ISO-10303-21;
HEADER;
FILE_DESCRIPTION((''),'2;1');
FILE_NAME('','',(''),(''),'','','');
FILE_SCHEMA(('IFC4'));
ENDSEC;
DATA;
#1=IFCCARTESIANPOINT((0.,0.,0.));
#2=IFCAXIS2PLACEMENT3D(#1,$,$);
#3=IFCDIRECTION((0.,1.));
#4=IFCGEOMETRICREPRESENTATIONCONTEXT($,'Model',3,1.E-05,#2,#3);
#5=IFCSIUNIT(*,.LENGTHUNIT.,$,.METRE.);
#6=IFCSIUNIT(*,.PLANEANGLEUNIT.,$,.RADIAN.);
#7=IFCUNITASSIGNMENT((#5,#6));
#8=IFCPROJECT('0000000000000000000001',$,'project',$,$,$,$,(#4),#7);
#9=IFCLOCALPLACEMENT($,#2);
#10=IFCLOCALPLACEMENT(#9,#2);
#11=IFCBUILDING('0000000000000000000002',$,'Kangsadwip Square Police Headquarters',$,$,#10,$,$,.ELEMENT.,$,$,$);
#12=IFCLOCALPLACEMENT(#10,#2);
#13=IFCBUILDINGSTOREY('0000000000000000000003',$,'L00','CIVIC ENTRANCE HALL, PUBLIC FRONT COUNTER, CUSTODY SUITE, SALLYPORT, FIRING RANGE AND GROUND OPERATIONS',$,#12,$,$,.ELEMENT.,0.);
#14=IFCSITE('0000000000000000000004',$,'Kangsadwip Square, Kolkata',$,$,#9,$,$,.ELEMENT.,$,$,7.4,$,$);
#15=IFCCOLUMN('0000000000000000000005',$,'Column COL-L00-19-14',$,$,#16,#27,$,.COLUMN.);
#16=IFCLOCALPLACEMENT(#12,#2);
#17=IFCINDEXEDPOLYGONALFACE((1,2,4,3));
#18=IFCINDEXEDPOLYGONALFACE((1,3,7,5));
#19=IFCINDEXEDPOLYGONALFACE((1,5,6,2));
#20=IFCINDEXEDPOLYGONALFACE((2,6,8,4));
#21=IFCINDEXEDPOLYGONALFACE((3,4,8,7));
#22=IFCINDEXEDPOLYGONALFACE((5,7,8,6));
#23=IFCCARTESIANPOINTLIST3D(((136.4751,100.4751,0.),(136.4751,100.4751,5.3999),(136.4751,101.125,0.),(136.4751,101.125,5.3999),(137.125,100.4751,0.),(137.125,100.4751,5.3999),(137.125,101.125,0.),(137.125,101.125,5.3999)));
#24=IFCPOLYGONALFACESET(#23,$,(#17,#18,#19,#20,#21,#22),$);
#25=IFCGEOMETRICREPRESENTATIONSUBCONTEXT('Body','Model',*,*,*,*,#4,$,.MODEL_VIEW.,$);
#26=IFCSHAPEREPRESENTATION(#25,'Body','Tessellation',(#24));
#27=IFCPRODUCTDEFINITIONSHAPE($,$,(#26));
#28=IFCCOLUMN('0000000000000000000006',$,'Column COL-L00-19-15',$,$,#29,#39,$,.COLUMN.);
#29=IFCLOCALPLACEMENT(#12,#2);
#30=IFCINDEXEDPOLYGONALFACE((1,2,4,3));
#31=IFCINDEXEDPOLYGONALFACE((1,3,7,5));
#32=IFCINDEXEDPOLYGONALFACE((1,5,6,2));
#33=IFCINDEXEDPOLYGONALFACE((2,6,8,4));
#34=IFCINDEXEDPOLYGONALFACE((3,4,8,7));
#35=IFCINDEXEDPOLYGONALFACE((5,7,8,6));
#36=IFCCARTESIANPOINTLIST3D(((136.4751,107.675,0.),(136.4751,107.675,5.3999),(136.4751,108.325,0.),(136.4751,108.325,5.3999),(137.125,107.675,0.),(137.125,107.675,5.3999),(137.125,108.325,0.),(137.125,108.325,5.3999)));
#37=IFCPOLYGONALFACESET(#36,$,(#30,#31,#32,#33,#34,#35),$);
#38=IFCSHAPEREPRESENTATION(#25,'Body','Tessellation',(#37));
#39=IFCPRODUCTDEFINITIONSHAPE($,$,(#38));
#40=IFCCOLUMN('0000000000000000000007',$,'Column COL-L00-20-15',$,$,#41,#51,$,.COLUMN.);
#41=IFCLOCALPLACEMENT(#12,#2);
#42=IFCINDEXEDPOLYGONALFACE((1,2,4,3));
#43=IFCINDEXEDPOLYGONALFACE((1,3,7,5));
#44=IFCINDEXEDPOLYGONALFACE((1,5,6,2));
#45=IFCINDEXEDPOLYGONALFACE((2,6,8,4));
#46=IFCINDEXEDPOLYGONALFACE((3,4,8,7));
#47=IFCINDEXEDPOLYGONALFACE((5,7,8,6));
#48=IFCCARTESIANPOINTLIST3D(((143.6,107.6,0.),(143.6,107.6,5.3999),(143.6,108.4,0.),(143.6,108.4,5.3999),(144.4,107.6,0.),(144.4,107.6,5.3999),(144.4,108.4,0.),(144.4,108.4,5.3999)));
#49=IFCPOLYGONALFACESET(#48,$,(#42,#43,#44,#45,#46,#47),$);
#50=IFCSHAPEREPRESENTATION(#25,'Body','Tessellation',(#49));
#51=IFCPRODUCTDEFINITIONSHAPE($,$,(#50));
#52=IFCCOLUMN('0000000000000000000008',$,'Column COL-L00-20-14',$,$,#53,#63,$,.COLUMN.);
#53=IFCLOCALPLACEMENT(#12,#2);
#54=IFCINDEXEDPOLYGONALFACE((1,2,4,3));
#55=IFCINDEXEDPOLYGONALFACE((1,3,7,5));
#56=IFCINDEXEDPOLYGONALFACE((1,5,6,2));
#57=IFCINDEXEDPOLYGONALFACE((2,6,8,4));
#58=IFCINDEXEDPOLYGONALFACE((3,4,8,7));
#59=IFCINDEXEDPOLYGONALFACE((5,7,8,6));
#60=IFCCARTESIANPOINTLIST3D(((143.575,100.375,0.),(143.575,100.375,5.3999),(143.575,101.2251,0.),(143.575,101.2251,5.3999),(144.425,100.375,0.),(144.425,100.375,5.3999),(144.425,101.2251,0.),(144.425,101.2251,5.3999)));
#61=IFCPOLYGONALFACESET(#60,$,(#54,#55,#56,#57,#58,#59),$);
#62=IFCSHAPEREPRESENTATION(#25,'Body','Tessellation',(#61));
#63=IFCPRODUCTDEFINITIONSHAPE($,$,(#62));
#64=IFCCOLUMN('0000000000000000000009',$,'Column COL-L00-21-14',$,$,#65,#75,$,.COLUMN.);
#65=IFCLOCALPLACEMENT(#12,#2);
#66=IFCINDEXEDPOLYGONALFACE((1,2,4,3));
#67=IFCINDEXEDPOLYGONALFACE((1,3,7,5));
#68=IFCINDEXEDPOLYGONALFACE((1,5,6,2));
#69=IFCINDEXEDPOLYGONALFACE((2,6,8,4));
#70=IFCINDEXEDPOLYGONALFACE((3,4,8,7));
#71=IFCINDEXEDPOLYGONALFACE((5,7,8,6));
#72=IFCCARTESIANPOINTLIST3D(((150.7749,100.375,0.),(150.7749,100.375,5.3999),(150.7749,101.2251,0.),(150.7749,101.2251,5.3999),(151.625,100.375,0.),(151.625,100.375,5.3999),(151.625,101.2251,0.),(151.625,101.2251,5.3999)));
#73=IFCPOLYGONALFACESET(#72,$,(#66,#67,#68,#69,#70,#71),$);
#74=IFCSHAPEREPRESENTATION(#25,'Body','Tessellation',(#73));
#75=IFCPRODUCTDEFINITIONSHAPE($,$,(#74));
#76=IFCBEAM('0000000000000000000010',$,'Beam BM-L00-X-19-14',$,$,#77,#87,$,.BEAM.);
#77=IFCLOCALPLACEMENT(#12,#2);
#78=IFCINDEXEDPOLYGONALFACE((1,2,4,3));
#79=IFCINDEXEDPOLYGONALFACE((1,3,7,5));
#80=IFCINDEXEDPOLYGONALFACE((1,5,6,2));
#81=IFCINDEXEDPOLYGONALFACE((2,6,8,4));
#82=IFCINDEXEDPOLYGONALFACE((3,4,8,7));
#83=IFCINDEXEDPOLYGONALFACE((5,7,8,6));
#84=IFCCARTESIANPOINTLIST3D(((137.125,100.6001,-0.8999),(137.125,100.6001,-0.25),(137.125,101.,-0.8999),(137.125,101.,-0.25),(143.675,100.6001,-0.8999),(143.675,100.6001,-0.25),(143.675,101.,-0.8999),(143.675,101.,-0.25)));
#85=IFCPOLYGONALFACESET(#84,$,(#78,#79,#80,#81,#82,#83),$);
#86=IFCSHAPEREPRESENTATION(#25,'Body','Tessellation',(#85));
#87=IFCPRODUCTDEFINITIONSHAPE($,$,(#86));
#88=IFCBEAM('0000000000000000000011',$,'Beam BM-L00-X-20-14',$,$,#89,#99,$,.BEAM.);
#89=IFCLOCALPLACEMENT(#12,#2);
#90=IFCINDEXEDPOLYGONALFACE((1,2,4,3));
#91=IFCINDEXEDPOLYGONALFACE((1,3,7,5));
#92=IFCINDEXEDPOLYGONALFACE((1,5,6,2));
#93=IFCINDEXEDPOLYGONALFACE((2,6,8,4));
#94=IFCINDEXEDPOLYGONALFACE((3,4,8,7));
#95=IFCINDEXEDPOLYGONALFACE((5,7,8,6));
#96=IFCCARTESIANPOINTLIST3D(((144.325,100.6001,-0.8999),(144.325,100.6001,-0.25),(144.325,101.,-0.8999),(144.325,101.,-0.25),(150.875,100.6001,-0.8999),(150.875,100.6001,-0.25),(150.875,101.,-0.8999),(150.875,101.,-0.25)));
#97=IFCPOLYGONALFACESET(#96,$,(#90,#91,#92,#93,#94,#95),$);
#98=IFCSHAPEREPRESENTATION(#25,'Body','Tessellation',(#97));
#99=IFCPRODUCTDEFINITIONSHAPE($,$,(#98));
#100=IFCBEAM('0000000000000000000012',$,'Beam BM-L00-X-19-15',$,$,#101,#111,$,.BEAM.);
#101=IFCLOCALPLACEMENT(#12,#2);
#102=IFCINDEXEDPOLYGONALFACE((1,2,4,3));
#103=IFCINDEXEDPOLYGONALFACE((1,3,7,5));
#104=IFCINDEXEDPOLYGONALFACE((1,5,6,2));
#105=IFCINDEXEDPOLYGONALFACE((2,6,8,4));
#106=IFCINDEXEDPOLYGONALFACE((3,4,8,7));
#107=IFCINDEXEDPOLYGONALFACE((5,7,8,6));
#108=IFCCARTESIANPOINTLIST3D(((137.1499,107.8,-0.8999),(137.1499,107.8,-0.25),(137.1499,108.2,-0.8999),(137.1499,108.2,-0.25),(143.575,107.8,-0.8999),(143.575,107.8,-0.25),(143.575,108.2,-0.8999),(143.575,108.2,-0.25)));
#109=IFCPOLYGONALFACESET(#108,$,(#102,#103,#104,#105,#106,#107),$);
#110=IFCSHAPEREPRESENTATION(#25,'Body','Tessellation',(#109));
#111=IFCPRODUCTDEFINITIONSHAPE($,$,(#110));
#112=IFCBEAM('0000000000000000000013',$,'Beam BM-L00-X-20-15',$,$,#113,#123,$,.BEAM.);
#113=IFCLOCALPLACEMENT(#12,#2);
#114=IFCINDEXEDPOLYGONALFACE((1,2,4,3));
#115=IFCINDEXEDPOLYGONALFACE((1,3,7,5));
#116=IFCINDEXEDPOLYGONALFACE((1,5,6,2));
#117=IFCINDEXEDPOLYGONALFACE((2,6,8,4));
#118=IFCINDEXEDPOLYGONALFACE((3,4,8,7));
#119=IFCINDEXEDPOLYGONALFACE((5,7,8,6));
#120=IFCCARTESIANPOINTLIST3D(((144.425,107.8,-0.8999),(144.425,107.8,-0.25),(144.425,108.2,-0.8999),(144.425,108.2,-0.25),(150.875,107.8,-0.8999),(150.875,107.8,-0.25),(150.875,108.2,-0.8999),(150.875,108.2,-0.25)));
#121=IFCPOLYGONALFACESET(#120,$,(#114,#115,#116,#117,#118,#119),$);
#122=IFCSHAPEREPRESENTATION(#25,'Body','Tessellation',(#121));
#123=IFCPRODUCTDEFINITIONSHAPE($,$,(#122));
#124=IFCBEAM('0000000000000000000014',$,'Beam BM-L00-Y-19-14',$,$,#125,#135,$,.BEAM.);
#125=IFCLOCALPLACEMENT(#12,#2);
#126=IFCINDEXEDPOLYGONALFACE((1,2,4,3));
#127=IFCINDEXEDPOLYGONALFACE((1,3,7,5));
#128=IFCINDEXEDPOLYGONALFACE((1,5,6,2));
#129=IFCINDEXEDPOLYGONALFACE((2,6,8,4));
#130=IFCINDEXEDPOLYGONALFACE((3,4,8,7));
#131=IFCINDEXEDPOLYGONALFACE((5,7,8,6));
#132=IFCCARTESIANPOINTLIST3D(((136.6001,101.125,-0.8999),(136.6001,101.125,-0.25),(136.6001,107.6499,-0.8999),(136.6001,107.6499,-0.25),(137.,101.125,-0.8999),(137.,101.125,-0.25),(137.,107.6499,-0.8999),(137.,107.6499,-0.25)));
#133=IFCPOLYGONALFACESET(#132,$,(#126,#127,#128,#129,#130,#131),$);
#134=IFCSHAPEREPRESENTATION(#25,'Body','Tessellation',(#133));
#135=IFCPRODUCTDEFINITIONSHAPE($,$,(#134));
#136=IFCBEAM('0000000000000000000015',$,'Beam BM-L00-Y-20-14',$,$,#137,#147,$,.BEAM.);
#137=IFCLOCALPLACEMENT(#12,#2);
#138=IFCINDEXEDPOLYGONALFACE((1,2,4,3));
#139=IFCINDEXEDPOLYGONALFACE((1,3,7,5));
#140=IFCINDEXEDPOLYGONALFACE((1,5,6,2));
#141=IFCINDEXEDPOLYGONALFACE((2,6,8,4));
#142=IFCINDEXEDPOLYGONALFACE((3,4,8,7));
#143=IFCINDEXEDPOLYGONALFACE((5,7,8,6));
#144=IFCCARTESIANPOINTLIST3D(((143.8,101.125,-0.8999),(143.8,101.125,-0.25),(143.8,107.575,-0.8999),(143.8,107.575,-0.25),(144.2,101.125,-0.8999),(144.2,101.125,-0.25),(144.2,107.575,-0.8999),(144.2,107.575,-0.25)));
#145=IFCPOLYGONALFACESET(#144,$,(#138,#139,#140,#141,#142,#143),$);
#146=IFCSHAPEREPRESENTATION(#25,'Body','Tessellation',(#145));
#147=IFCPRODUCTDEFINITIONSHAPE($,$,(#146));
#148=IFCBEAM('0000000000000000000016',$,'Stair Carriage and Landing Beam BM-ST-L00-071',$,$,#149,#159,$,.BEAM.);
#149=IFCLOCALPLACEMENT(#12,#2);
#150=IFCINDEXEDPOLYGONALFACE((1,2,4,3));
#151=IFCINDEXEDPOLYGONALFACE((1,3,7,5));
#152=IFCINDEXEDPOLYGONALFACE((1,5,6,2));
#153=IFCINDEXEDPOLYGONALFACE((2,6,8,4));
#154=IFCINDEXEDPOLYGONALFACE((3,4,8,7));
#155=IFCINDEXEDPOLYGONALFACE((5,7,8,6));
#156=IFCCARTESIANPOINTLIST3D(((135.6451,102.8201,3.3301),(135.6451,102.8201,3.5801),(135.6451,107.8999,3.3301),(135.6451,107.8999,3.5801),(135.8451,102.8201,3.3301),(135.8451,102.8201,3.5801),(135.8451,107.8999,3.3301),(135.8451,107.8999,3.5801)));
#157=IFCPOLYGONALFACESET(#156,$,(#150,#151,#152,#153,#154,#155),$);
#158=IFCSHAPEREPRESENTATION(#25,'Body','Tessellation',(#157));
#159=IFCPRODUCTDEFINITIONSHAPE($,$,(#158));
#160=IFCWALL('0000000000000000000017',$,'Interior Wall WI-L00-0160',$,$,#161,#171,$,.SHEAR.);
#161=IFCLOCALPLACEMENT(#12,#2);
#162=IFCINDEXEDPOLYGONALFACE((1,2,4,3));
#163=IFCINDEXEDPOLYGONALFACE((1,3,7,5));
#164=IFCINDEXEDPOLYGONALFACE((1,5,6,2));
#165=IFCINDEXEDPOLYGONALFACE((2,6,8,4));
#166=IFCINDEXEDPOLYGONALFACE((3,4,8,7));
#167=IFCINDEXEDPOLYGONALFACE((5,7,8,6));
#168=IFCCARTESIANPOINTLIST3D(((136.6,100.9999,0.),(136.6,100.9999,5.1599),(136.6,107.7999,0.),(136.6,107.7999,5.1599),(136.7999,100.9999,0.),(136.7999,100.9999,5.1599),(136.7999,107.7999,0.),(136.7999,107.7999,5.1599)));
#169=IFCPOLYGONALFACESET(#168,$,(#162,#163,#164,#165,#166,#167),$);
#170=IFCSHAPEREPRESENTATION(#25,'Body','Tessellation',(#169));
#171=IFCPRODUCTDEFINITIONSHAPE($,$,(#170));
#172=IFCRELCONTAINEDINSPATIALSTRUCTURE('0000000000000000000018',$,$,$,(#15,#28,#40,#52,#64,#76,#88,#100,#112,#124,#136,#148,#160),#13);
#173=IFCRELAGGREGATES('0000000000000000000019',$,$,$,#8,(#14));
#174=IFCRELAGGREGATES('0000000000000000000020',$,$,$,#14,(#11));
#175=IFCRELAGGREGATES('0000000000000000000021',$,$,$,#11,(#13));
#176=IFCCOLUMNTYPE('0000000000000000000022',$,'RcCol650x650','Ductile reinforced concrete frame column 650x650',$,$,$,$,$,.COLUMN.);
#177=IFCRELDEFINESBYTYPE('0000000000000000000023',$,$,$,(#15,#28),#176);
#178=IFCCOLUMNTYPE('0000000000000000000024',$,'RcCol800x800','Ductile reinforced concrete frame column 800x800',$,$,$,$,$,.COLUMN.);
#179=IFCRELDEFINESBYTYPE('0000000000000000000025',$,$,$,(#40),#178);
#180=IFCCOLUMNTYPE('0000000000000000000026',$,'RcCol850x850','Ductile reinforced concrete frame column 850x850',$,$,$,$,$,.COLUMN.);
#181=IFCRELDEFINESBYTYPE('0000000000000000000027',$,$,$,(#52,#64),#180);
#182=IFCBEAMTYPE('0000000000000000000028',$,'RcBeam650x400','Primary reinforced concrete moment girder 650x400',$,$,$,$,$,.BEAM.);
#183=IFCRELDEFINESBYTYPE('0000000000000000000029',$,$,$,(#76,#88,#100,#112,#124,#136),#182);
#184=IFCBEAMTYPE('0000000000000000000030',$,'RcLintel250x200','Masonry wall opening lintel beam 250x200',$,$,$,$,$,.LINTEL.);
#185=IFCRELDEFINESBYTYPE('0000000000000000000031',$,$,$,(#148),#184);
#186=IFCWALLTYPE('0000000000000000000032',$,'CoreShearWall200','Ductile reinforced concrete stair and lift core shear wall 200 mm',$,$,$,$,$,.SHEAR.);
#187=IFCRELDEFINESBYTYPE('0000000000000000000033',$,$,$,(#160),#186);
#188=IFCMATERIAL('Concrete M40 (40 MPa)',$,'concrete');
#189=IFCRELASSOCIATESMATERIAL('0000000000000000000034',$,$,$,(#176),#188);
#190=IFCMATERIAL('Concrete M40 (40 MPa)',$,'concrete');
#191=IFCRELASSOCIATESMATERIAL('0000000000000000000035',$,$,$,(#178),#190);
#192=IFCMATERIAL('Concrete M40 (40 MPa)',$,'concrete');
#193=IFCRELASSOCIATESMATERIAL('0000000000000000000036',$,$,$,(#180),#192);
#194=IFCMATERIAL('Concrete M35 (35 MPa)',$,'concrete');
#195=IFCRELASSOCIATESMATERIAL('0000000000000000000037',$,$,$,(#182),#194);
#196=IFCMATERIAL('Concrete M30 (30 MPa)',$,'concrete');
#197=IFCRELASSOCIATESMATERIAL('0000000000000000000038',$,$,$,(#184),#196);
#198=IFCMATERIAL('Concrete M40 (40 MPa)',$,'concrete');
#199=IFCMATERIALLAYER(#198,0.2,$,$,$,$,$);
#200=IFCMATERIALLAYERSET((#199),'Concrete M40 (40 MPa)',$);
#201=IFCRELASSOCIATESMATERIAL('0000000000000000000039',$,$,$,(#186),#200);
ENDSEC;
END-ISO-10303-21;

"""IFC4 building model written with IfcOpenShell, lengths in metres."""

from ifc_helpers import new_model, si_unit, direction, frame, frame_2d, origin, origin_2d, place, context, subcontext, project, spatial, rectangle, extrude, material, layer, layer_set, material_profile, profile_set, type_object, element, save


model = new_model("IFC4")

# Units and contexts
model_context = context("Model", 3, precision=1e-05, world=origin(), true_north=direction((0.0, 1.0)))
body_context = subcontext(model_context, "Body", "Model", "MODEL_VIEW")
ifc_project = project(units=[si_unit("LENGTHUNIT", "METRE"), si_unit("PLANEANGLEUNIT", "RADIAN")], contexts=[model_context])

# Site, building, storey
site_placement = place(None, origin())
site = spatial("IfcSite", under=ifc_project, at=site_placement, Name="Kangsadwip Square, Kolkata", CompositionType="ELEMENT", RefElevation=7.4)
building_placement = place(site_placement, origin())
building = spatial("IfcBuilding", under=site, at=building_placement, Name="Kangsadwip Square Police Headquarters", CompositionType="ELEMENT")
storey_placement = place(building_placement, origin())
storey = spatial("IfcBuildingStorey", under=building, at=storey_placement, Name="L00", Description="CIVIC ENTRANCE HALL, PUBLIC FRONT COUNTER, CUSTODY SUITE, SALLYPORT, FIRING RANGE AND GROUND OPERATIONS", CompositionType="ELEMENT", Elevation=0.0)

# Columns
ifc_material_1 = material(Name="Concrete M40 (40 MPa)", Category="concrete")
ifc_material_profile_1 = material_profile(ifc_material_1, rectangle(XDim=0.6499, YDim=0.6499, at=origin_2d()), Name="RC COL 650X650")
ifc_profile_set_1 = profile_set([ifc_material_profile_1], Name="Concrete M40 (40 MPa)")
column_type_1 = type_object("IfcColumnType", Name="RcCol650x650", Description="Ductile reinforced concrete frame column 650x650", PredefinedType="COLUMN", material=ifc_profile_set_1)
for number, where, z_axis, x_axis, name in (
    (1, (136.8, 100.8, 0.0), (0.0, 0.0, 1.0), (1.0, 0.0, 0.0), "Column COL-L00-19-14"),
    (2, (136.8, 108.0, 0.0), (0.0, 0.0, 1.0), (1.0, 0.0, 0.0), "Column COL-L00-19-15"),
):
    element("IfcColumn", number, at=place(storey_placement, frame(where, z_axis=z_axis, x_axis=x_axis)), inside=storey, type_object=column_type_1, Name=name, PredefinedType="COLUMN", context=body_context, shape_type="SweptSolid", body=[
        extrude(rectangle(XDim=0.6499, YDim=0.6499, at=origin_2d()), origin(), (0.0, 0.0, 1.0), 5.3999),
    ])
ifc_material_2 = material(Name="Concrete M40 (40 MPa)", Category="concrete")
ifc_material_profile_2 = material_profile(ifc_material_2, rectangle(XDim=0.8, YDim=0.8, at=origin_2d()), Name="RC COL 800X800")
ifc_profile_set_2 = profile_set([ifc_material_profile_2], Name="Concrete M40 (40 MPa)")
column_type_2 = type_object("IfcColumnType", Name="RcCol800x800", Description="Ductile reinforced concrete frame column 800x800", PredefinedType="COLUMN", material=ifc_profile_set_2)
column_placement = place(storey_placement, frame((144.0, 108.0, 0.0), z_axis=(0.0, 0.0, 1.0), x_axis=(1.0, 0.0, 0.0)))
element("IfcColumn", 3, at=column_placement, inside=storey, type_object=column_type_2, Name="Column COL-L00-20-15", PredefinedType="COLUMN", context=body_context, shape_type="SweptSolid", body=[
    extrude(rectangle(XDim=0.8, YDim=0.8, at=origin_2d()), origin(), (0.0, 0.0, 1.0), 5.3999),
])
ifc_material_3 = material(Name="Concrete M40 (40 MPa)", Category="concrete")
ifc_material_profile_3 = material_profile(ifc_material_3, rectangle(XDim=0.8501, YDim=0.8501, at=origin_2d()), Name="RC COL 850X850")
ifc_profile_set_3 = profile_set([ifc_material_profile_3], Name="Concrete M40 (40 MPa)")
column_type_3 = type_object("IfcColumnType", Name="RcCol850x850", Description="Ductile reinforced concrete frame column 850x850", PredefinedType="COLUMN", material=ifc_profile_set_3)
for number, where, z_axis, x_axis, name in (
    (4, (144.0, 100.8, 0.0), (0.0, 0.0, 1.0), (1.0, 0.0, 0.0), "Column COL-L00-20-14"),
    (5, (151.2, 100.8, 0.0), (0.0, 0.0, 1.0), (1.0, 0.0, 0.0), "Column COL-L00-21-14"),
):
    element("IfcColumn", number, at=place(storey_placement, frame(where, z_axis=z_axis, x_axis=x_axis)), inside=storey, type_object=column_type_3, Name=name, PredefinedType="COLUMN", context=body_context, shape_type="SweptSolid", body=[
        extrude(rectangle(XDim=0.8501, YDim=0.8501, at=origin_2d()), origin(), (0.0, 0.0, 1.0), 5.3999),
    ])

# Beams
ifc_material_4 = material(Name="Concrete M35 (35 MPa)", Category="concrete")
ifc_material_profile_4 = material_profile(ifc_material_4, rectangle(XDim=0.3999, YDim=0.6499, at=origin_2d()), Name="RC BM 650X400")
ifc_profile_set_4 = profile_set([ifc_material_profile_4], Name="Concrete M35 (35 MPa)")
beam_type_1 = type_object("IfcBeamType", Name="RcBeam650x400", Description="Primary reinforced concrete moment girder 650x400", PredefinedType="BEAM", material=ifc_profile_set_4)
for number, where, z_axis, x_axis, name in (
    (6, (137.125, 100.8, -0.575), (1.0, 0.0, 0.0), (0.0, 1.0, 0.0), "Beam BM-L00-X-19-14"),
    (7, (144.325, 100.8, -0.575), (1.0, 0.0, 0.0), (0.0, 1.0, 0.0), "Beam BM-L00-X-20-14"),
):
    element("IfcBeam", number, at=place(storey_placement, frame(where, z_axis=z_axis, x_axis=x_axis)), inside=storey, type_object=beam_type_1, Name=name, PredefinedType="BEAM", context=body_context, shape_type="SweptSolid", body=[
        extrude(rectangle(XDim=0.3999, YDim=0.6499, at=origin_2d()), origin(), (0.0, 0.0, 1.0), 6.55),
    ])
beam_1_placement = place(storey_placement, frame((137.1499, 108.0, -0.575), z_axis=(1.0, 0.0, 0.0), x_axis=(0.0, 1.0, 0.0)))
element("IfcBeam", 8, at=beam_1_placement, inside=storey, type_object=beam_type_1, Name="Beam BM-L00-X-19-15", PredefinedType="BEAM", context=body_context, shape_type="SweptSolid", body=[
    extrude(rectangle(XDim=0.3999, YDim=0.6499, at=origin_2d()), origin(), (0.0, 0.0, 1.0), 6.425),
])
beam_2_placement = place(storey_placement, frame((144.425, 108.0, -0.575), z_axis=(1.0, 0.0, 0.0), x_axis=(0.0, 1.0, 0.0)))
element("IfcBeam", 9, at=beam_2_placement, inside=storey, type_object=beam_type_1, Name="Beam BM-L00-X-20-15", PredefinedType="BEAM", context=body_context, shape_type="SweptSolid", body=[
    extrude(rectangle(XDim=0.3999, YDim=0.6499, at=origin_2d()), origin(), (0.0, 0.0, 1.0), 6.45),
])
beam_3_placement = place(storey_placement, frame((136.8, 101.125, -0.575), z_axis=(0.0, 1.0, 0.0), x_axis=(-1.0, 0.0, 0.0)))
element("IfcBeam", 10, at=beam_3_placement, inside=storey, type_object=beam_type_1, Name="Beam BM-L00-Y-19-14", PredefinedType="BEAM", context=body_context, shape_type="SweptSolid", body=[
    extrude(rectangle(XDim=0.3999, YDim=0.6499, at=origin_2d()), origin(), (0.0, 0.0, 1.0), 6.5249),
])
beam_4_placement = place(storey_placement, frame((144.0, 101.125, -0.575), z_axis=(0.0, 1.0, 0.0), x_axis=(-1.0, 0.0, 0.0)))
element("IfcBeam", 11, at=beam_4_placement, inside=storey, type_object=beam_type_1, Name="Beam BM-L00-Y-20-14", PredefinedType="BEAM", context=body_context, shape_type="SweptSolid", body=[
    extrude(rectangle(XDim=0.3999, YDim=0.6499, at=origin_2d()), origin(), (0.0, 0.0, 1.0), 6.45),
])
ifc_material_5 = material(Name="Concrete M30 (30 MPa)", Category="concrete")
ifc_material_profile_5 = material_profile(ifc_material_5, rectangle(XDim=0.2, YDim=0.25, at=origin_2d()), Name="RC LNT 250X200")
ifc_profile_set_5 = profile_set([ifc_material_profile_5], Name="Concrete M30 (30 MPa)")
beam_type_2 = type_object("IfcBeamType", Name="RcLintel250x200", Description="Masonry wall opening lintel beam 250x200", PredefinedType="LINTEL", material=ifc_profile_set_5)
beam_5_placement = place(storey_placement, frame((135.7451, 102.8201, 3.4551), z_axis=(0.0, 1.0, 0.0), x_axis=(-1.0, 0.0, 0.0)))
element("IfcBeam", 12, at=beam_5_placement, inside=storey, type_object=beam_type_2, Name="Stair Carriage and Landing Beam BM-ST-L00-071", PredefinedType="BEAM", context=body_context, shape_type="SweptSolid", body=[
    extrude(rectangle(XDim=0.2, YDim=0.25, at=origin_2d()), origin(), (0.0, 0.0, 1.0), 5.0798),
])

# Wall
ifc_material_6 = material(Name="Concrete M40 (40 MPa)", Category="concrete")
ifc_layer_1 = layer(ifc_material_6, 0.2)
ifc_layer_set_1 = layer_set([ifc_layer_1], Name="Concrete M40 (40 MPa)")
wall_type_1 = type_object("IfcWallType", Name="CoreShearWall200", Description="Ductile reinforced concrete stair and lift core shear wall 200 mm", PredefinedType="SHEAR", material=ifc_layer_set_1)
wall_1_placement = place(storey_placement, frame((136.7, 101.0, 0.0), z_axis=(0.0, 0.0, 1.0), x_axis=(0.0, 1.0, 0.0)))
element("IfcWall", 13, at=wall_1_placement, inside=storey, type_object=wall_type_1, Name="Interior Wall WI-L00-0160", PredefinedType="SHEAR", context=body_context, shape_type="SweptSolid", body=[
    extrude(rectangle(XDim=6.8, YDim=0.2, at=frame_2d((3.3999, 0.0))), origin(), (0.0, 0.0, 1.0), 5.1599),
])

save(model, "model.ifc")
